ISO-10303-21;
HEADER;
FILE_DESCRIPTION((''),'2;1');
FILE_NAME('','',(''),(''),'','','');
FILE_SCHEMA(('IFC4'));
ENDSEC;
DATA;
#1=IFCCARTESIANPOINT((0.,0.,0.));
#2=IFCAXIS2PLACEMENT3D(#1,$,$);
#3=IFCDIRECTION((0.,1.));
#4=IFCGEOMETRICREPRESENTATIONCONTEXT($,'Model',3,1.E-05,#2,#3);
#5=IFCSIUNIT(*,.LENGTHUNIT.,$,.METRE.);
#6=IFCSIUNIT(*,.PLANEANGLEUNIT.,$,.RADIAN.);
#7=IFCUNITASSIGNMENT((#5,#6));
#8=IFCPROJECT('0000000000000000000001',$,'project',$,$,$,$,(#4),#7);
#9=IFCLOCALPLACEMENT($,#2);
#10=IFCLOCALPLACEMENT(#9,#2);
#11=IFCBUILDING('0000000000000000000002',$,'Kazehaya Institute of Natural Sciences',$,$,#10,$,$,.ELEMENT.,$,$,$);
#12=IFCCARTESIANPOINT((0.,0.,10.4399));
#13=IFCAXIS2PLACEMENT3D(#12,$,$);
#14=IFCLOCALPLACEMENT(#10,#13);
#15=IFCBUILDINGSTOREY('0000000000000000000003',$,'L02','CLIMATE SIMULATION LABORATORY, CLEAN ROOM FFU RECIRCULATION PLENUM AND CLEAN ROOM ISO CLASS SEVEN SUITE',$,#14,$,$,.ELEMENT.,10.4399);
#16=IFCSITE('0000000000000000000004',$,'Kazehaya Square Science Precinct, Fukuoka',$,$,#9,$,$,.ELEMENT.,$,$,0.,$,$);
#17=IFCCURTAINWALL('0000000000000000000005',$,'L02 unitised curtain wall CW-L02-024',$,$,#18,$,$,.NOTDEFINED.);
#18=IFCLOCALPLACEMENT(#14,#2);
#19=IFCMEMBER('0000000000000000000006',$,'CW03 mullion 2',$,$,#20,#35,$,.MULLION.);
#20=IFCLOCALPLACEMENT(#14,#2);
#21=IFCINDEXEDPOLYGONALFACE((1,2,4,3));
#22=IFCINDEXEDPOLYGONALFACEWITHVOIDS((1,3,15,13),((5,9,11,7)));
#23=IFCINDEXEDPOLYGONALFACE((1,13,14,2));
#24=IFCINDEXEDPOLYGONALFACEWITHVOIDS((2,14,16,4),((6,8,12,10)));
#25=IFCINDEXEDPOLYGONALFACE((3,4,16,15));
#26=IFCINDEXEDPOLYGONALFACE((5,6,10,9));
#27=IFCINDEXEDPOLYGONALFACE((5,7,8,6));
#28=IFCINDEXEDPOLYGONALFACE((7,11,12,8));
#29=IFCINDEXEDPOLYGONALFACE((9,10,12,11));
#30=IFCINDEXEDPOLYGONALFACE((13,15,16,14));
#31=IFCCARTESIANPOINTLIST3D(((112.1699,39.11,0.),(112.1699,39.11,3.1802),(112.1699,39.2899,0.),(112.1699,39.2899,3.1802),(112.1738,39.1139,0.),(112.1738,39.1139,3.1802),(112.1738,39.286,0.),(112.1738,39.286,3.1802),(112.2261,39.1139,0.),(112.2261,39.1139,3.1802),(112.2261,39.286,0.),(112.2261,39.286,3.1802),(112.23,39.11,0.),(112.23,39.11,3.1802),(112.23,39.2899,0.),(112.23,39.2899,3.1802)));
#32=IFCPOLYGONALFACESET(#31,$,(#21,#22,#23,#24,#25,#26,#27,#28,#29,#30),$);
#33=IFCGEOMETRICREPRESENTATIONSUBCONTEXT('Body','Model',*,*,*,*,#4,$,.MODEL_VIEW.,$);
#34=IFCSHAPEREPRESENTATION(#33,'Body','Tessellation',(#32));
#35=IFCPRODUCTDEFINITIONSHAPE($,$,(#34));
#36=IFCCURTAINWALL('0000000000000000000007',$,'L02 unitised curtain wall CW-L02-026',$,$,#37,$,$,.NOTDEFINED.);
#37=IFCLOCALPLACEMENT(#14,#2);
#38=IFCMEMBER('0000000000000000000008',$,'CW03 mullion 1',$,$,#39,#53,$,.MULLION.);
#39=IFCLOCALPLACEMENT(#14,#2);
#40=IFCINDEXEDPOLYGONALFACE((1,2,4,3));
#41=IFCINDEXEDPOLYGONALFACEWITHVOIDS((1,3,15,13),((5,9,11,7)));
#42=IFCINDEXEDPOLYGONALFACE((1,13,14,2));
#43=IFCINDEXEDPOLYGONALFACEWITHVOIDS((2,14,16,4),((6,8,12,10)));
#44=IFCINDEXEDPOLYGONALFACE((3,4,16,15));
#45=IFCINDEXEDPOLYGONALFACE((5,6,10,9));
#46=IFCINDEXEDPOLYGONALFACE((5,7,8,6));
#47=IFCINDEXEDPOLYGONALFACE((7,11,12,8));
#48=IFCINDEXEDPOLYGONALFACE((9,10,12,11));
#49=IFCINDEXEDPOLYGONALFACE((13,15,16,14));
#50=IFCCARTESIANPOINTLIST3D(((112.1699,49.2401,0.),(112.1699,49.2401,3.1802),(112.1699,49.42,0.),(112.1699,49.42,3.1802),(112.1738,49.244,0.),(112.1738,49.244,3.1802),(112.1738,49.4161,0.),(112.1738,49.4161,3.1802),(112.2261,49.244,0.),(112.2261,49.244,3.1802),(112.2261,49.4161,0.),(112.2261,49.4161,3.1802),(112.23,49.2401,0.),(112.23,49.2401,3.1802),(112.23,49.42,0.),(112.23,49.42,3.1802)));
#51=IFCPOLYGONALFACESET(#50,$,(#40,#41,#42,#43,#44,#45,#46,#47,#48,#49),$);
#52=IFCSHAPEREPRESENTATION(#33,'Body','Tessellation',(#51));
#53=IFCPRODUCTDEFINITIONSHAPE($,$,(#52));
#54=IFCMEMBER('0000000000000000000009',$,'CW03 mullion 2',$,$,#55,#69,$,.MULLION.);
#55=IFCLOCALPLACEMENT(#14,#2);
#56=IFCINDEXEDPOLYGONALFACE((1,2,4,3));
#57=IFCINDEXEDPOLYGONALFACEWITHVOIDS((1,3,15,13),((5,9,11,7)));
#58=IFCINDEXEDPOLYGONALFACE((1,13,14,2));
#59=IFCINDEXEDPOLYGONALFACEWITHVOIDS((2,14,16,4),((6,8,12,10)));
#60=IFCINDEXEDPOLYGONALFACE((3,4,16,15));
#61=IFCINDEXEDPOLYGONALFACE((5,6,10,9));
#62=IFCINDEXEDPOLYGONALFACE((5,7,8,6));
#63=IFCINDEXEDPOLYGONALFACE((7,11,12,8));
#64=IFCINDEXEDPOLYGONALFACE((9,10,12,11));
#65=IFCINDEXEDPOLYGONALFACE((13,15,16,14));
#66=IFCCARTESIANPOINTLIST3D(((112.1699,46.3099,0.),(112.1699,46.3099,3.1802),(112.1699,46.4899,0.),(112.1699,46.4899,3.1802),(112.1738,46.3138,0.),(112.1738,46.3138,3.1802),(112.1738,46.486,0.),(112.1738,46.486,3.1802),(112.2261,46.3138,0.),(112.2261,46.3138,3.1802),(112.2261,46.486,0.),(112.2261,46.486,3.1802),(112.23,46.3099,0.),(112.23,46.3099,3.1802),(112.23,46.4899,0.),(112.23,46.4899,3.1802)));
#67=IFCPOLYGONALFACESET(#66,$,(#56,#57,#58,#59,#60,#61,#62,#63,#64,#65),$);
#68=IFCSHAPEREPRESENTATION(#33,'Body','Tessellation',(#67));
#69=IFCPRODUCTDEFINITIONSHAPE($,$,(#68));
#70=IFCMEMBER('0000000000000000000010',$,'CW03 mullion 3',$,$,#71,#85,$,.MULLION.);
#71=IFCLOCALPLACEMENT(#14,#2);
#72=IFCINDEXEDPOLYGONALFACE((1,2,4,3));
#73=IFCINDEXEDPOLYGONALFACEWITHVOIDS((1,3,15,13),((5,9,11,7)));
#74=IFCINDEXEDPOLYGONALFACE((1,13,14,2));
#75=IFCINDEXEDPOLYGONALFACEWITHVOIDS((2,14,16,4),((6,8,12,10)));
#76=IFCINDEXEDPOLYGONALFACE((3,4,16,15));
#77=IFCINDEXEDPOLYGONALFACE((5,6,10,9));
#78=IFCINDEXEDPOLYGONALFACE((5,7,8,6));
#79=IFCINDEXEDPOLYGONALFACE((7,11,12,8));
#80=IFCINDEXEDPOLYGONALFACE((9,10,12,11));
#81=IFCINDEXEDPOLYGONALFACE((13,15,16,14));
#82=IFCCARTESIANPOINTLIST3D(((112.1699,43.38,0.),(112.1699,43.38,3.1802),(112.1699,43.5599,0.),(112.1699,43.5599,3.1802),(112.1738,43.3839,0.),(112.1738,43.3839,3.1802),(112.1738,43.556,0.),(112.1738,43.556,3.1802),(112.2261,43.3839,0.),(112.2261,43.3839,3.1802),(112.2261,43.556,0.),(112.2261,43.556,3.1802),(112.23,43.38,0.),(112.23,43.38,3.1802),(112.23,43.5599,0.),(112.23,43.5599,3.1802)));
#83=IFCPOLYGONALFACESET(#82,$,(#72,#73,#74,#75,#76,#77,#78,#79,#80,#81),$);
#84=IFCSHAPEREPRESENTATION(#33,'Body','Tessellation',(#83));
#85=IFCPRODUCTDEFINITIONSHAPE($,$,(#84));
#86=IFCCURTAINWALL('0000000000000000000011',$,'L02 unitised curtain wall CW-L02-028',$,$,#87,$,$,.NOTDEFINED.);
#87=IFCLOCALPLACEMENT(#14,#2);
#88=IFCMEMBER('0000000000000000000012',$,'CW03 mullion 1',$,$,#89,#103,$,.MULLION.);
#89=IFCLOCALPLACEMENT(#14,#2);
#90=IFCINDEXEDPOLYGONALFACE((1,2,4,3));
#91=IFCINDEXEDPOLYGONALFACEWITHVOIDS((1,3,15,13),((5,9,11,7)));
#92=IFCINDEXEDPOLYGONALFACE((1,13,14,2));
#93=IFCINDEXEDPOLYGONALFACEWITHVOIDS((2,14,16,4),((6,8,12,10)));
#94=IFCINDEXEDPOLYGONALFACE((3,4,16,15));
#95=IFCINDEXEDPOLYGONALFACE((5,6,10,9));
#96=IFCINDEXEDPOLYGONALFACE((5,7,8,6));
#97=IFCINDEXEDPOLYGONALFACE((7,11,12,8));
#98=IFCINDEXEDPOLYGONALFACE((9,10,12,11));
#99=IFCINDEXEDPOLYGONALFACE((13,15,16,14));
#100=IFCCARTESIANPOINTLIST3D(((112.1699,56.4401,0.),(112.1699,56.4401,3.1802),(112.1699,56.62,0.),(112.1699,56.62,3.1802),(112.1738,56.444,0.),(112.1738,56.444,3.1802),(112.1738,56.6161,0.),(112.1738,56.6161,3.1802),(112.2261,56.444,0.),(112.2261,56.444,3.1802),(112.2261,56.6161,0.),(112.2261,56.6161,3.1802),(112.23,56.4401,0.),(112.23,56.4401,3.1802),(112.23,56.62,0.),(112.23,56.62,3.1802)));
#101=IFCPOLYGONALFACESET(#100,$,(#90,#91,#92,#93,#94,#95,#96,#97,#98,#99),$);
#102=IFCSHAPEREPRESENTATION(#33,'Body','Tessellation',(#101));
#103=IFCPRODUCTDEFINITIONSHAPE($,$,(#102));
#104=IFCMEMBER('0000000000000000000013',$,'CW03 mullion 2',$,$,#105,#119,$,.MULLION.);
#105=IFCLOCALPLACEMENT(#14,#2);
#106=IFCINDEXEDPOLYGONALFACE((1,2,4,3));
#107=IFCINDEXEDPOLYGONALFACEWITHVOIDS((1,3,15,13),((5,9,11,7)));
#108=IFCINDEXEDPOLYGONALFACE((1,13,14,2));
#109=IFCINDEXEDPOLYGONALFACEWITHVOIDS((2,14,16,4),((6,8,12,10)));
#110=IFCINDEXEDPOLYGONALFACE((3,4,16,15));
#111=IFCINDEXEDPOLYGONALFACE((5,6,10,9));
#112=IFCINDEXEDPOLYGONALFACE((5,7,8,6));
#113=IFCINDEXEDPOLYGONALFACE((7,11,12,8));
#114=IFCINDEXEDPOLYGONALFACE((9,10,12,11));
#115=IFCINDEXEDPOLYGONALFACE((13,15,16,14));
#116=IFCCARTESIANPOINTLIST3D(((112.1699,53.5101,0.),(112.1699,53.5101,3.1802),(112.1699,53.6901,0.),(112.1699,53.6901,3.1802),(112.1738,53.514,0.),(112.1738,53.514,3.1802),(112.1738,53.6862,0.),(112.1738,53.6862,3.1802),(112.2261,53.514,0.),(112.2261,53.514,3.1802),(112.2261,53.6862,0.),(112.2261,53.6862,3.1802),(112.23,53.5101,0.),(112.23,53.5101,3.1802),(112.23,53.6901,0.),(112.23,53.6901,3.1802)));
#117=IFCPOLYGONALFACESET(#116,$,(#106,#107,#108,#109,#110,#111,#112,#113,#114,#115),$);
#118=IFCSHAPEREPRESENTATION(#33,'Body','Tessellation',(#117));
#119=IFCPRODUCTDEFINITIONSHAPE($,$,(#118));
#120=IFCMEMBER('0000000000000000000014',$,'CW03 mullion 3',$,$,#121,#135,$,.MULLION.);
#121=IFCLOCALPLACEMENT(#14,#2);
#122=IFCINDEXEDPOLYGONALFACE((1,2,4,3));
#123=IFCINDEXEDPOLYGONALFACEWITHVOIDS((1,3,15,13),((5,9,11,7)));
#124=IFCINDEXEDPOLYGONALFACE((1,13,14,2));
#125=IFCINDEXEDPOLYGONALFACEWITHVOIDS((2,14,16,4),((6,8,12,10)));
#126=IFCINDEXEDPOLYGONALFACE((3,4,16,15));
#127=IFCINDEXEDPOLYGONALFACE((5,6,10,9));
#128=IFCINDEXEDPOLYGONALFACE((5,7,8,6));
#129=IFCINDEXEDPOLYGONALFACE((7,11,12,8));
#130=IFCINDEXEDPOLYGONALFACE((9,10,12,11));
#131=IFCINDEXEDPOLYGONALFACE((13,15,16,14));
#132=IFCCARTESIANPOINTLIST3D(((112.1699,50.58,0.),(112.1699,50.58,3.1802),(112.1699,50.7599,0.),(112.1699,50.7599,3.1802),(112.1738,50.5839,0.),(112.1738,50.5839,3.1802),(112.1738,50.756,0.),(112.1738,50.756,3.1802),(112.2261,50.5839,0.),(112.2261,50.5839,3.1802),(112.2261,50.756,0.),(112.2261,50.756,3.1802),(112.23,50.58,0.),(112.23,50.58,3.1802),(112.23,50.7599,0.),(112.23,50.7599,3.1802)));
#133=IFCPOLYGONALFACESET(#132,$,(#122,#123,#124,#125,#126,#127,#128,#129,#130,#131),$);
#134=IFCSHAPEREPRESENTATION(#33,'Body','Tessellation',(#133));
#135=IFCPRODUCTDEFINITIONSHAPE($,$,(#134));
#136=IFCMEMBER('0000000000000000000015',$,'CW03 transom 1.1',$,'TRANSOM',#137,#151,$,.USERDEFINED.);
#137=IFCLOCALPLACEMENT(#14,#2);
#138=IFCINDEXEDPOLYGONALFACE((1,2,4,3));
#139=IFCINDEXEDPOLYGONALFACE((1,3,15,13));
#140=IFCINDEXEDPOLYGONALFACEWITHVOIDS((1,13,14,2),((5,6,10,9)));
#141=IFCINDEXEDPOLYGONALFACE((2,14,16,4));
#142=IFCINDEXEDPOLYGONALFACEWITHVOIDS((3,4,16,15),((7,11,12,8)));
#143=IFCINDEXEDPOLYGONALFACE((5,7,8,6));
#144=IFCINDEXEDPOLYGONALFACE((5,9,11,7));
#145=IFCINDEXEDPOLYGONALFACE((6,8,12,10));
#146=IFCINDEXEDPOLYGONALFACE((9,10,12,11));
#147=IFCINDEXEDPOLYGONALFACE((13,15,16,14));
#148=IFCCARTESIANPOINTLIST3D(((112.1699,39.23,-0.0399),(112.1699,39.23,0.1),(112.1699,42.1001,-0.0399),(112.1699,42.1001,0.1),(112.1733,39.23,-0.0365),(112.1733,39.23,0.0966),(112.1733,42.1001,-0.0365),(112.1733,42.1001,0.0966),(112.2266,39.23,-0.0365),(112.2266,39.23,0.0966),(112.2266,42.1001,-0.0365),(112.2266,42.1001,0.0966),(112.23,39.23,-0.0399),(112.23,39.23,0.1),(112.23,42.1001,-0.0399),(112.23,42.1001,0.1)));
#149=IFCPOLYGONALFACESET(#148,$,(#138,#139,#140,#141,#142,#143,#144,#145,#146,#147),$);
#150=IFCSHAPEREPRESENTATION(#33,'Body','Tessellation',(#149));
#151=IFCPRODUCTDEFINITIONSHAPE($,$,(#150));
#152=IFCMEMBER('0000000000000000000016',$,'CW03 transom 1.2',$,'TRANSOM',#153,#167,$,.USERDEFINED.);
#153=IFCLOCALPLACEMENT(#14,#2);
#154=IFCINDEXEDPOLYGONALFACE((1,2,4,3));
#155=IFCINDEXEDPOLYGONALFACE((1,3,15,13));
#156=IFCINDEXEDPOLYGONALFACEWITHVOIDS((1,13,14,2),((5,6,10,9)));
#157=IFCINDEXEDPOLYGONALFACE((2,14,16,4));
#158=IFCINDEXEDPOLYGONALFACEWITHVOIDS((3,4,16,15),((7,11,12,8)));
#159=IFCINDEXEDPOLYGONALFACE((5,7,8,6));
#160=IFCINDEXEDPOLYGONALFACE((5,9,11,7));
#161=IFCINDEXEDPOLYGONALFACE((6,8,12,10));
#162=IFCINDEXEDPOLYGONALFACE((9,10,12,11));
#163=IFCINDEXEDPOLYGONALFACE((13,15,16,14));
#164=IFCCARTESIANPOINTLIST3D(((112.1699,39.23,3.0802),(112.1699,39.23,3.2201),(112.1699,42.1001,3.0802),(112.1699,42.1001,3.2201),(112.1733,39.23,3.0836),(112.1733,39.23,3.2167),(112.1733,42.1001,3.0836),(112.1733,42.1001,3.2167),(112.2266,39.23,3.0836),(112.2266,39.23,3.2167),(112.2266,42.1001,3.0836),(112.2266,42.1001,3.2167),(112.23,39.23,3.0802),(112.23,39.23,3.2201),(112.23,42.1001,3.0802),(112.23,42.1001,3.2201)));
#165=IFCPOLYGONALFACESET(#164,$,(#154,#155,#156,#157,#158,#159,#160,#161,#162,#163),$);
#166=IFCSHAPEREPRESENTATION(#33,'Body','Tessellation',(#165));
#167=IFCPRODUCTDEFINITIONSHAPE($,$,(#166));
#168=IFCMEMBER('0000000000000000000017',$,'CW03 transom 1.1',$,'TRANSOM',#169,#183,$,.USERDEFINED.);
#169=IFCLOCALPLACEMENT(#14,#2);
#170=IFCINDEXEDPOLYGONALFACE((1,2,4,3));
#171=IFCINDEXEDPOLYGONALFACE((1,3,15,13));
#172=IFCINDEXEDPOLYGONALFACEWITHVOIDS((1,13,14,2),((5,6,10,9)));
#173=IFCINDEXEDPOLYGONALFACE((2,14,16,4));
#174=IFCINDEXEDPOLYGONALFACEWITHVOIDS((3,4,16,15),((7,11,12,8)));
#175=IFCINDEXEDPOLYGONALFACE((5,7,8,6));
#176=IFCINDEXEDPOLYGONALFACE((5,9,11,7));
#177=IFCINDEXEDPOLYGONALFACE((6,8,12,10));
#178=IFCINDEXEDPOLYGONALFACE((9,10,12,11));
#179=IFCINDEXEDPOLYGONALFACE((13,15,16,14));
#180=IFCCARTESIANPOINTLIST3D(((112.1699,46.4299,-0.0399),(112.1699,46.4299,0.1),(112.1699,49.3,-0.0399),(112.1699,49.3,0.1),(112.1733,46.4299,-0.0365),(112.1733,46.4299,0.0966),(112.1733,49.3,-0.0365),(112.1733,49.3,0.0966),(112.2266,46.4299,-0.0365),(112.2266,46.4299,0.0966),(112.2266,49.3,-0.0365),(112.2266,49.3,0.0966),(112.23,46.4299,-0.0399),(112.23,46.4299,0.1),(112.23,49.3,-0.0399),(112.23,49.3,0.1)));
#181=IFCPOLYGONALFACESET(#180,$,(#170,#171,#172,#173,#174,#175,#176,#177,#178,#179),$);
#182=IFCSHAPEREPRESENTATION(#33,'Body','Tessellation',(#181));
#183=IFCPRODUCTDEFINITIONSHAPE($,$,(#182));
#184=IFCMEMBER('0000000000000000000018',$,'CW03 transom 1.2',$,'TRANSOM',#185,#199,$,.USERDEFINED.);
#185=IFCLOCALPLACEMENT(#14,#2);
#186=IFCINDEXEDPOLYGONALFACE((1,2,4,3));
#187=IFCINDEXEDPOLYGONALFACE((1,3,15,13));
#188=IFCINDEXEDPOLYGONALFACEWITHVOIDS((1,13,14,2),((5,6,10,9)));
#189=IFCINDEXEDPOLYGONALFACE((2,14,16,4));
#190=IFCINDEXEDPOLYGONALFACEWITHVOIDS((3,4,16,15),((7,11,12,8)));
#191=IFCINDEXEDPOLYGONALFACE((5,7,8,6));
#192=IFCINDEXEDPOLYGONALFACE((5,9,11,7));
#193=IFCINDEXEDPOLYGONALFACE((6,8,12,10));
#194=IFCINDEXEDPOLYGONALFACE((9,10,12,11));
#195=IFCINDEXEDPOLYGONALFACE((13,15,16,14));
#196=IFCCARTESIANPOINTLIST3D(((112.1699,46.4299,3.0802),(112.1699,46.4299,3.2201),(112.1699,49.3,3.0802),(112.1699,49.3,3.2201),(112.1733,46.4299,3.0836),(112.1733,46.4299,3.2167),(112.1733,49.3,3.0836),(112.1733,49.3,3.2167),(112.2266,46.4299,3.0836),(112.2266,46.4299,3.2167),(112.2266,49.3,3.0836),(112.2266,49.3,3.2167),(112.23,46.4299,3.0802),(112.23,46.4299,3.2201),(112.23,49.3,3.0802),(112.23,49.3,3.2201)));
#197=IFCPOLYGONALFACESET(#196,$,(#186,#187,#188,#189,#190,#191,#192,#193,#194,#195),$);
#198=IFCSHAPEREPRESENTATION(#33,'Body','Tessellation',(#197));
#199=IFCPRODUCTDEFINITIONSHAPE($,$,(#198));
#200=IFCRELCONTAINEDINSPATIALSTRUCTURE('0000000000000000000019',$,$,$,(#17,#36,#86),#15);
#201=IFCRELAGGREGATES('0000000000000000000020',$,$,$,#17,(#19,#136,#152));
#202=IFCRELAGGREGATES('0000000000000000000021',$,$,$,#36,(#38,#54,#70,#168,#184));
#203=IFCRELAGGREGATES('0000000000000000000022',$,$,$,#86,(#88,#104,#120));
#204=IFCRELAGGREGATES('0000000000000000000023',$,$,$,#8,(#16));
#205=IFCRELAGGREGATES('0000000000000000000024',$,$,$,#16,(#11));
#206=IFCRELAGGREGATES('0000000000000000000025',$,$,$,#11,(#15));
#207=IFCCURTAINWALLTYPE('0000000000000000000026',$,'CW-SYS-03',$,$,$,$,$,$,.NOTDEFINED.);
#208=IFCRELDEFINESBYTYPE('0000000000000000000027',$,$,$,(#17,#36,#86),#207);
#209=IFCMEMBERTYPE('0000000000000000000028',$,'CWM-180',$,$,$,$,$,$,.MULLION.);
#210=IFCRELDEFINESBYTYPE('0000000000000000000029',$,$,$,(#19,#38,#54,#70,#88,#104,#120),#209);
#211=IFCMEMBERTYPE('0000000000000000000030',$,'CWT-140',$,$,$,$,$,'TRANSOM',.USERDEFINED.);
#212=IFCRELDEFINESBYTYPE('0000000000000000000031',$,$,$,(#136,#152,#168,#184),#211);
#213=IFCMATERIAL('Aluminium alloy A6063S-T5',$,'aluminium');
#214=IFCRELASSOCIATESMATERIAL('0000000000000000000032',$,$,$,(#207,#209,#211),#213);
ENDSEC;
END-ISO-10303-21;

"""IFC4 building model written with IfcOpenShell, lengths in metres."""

from ifc_helpers import new_model, si_unit, direction, frame, origin, origin_2d, place, context, subcontext, project, spatial, hollow_rectangle, extrude, material, material_profile, profile_set, type_object, element, aggregate, save


model = new_model("IFC4")

# Units and contexts
model_context = context("Model", 3, precision=1e-05, world=origin(), true_north=direction((0.0, 1.0)))
body_context = subcontext(model_context, "Body", "Model", "MODEL_VIEW")
ifc_project = project(units=[si_unit("LENGTHUNIT", "METRE"), si_unit("PLANEANGLEUNIT", "RADIAN")], contexts=[model_context])

# Site, building, storey
site_placement = place(None, origin())
site = spatial("IfcSite", under=ifc_project, at=site_placement, Name="Kazehaya Square Science Precinct, Fukuoka", CompositionType="ELEMENT", RefElevation=0.0)
building_placement = place(site_placement, origin())
building = spatial("IfcBuilding", under=site, at=building_placement, Name="Kazehaya Institute of Natural Sciences", CompositionType="ELEMENT")
storey_placement = place(building_placement, frame((0.0, 0.0, 10.4399)))
storey = spatial("IfcBuildingStorey", under=building, at=storey_placement, Name="L02", Description="CLIMATE SIMULATION LABORATORY, CLEAN ROOM FFU RECIRCULATION PLENUM AND CLEAN ROOM ISO CLASS SEVEN SUITE", CompositionType="ELEMENT", Elevation=10.4399)

# Curtain walls, members
ifc_material_1 = material(Name="Aluminium alloy A6063S-T5", Category="aluminium")
curtain_wall_type = type_object("IfcCurtainWallType", Name="CW-SYS-03", PredefinedType="NOTDEFINED", material=ifc_material_1)
curtain_wall_1_placement = place(storey_placement, origin())
curtain_wall_1 = element("IfcCurtainWall", 1, at=curtain_wall_1_placement, inside=storey, type_object=curtain_wall_type, Name="L02 unitised curtain wall CW-L02-024", PredefinedType="NOTDEFINED")
ifc_material_profile_1 = material_profile(ifc_material_1, hollow_rectangle(XDim=0.0601, YDim=0.1799, WallThickness=0.0039, at=origin_2d()), Name="ALU-60x180x4")
ifc_profile_set_1 = profile_set([ifc_material_profile_1], Name="Aluminium alloy A6063S-T5")
member_type_1 = type_object("IfcMemberType", Name="CWM-180", PredefinedType="MULLION", material=ifc_profile_set_1)
member_1_placement = place(storey_placement, frame((112.2, 39.2, 0.0), z_axis=(0.0, 0.0, 1.0), x_axis=(1.0, 0.0, 0.0)))
member_1 = element("IfcMember", 2, at=member_1_placement, type_object=member_type_1, Name="CW03 mullion 2", PredefinedType="MULLION", context=body_context, shape_type="SweptSolid", body=[
    extrude(hollow_rectangle(XDim=0.0601, YDim=0.1799, WallThickness=0.0039, at=origin_2d()), origin(), (0.0, 0.0, 1.0), 3.1802),
])
curtain_wall_2_placement = place(storey_placement, origin())
curtain_wall_2 = element("IfcCurtainWall", 3, at=curtain_wall_2_placement, inside=storey, type_object=curtain_wall_type, Name="L02 unitised curtain wall CW-L02-026", PredefinedType="NOTDEFINED")
member_2_placement = place(storey_placement, frame((112.2, 49.3301, 0.0), z_axis=(0.0, 0.0, 1.0), x_axis=(1.0, 0.0, 0.0)))
member_2 = element("IfcMember", 4, at=member_2_placement, type_object=member_type_1, Name="CW03 mullion 1", PredefinedType="MULLION", context=body_context, shape_type="SweptSolid", body=[
    extrude(hollow_rectangle(XDim=0.0601, YDim=0.1799, WallThickness=0.0039, at=origin_2d()), origin(), (0.0, 0.0, 1.0), 3.1802),
])
member_3_placement = place(storey_placement, frame((112.2, 46.3999, 0.0), z_axis=(0.0, 0.0, 1.0), x_axis=(1.0, 0.0, 0.0)))
member_3 = element("IfcMember", 5, at=member_3_placement, type_object=member_type_1, Name="CW03 mullion 2", PredefinedType="MULLION", context=body_context, shape_type="SweptSolid", body=[
    extrude(hollow_rectangle(XDim=0.0601, YDim=0.1799, WallThickness=0.0039, at=origin_2d()), origin(), (0.0, 0.0, 1.0), 3.1802),
])
member_4_placement = place(storey_placement, frame((112.2, 43.47, 0.0), z_axis=(0.0, 0.0, 1.0), x_axis=(1.0, 0.0, 0.0)))
member_4 = element("IfcMember", 6, at=member_4_placement, type_object=member_type_1, Name="CW03 mullion 3", PredefinedType="MULLION", context=body_context, shape_type="SweptSolid", body=[
    extrude(hollow_rectangle(XDim=0.0601, YDim=0.1799, WallThickness=0.0039, at=origin_2d()), origin(), (0.0, 0.0, 1.0), 3.1802),
])
curtain_wall_3_placement = place(storey_placement, origin())
curtain_wall_3 = element("IfcCurtainWall", 7, at=curtain_wall_3_placement, inside=storey, type_object=curtain_wall_type, Name="L02 unitised curtain wall CW-L02-028", PredefinedType="NOTDEFINED")
member_5_placement = place(storey_placement, frame((112.2, 56.53, 0.0), z_axis=(0.0, 0.0, 1.0), x_axis=(1.0, 0.0, 0.0)))
member_5 = element("IfcMember", 8, at=member_5_placement, type_object=member_type_1, Name="CW03 mullion 1", PredefinedType="MULLION", context=body_context, shape_type="SweptSolid", body=[
    extrude(hollow_rectangle(XDim=0.0601, YDim=0.1799, WallThickness=0.0039, at=origin_2d()), origin(), (0.0, 0.0, 1.0), 3.1802),
])
member_6_placement = place(storey_placement, frame((112.2, 53.6001, 0.0), z_axis=(0.0, 0.0, 1.0), x_axis=(1.0, 0.0, 0.0)))
member_6 = element("IfcMember", 9, at=member_6_placement, type_object=member_type_1, Name="CW03 mullion 2", PredefinedType="MULLION", context=body_context, shape_type="SweptSolid", body=[
    extrude(hollow_rectangle(XDim=0.0601, YDim=0.1799, WallThickness=0.0039, at=origin_2d()), origin(), (0.0, 0.0, 1.0), 3.1802),
])
member_7_placement = place(storey_placement, frame((112.2, 50.6699, 0.0), z_axis=(0.0, 0.0, 1.0), x_axis=(1.0, 0.0, 0.0)))
member_7 = element("IfcMember", 10, at=member_7_placement, type_object=member_type_1, Name="CW03 mullion 3", PredefinedType="MULLION", context=body_context, shape_type="SweptSolid", body=[
    extrude(hollow_rectangle(XDim=0.0601, YDim=0.1799, WallThickness=0.0039, at=origin_2d()), origin(), (0.0, 0.0, 1.0), 3.1802),
])

# Members
ifc_material_profile_2 = material_profile(ifc_material_1, hollow_rectangle(XDim=0.0601, YDim=0.1399, WallThickness=0.0034, at=origin_2d()), Name="ALU-60x140x3.5")
ifc_profile_set_2 = profile_set([ifc_material_profile_2], Name="Aluminium alloy A6063S-T5")
member_type_2 = type_object("IfcMemberType", Name="CWT-140", ElementType="TRANSOM", PredefinedType="USERDEFINED", material=ifc_profile_set_2)
member_8_placement = place(storey_placement, frame((112.2, 42.1001, 0.03), z_axis=(0.0, -1.0, 0.0), x_axis=(1.0, 0.0, 0.0)))
member_8 = element("IfcMember", 11, at=member_8_placement, type_object=member_type_2, Name="CW03 transom 1.1", ObjectType="TRANSOM", PredefinedType="USERDEFINED", context=body_context, shape_type="SweptSolid", body=[
    extrude(hollow_rectangle(XDim=0.0601, YDim=0.1399, WallThickness=0.0034, at=origin_2d()), origin(), (0.0, 0.0, 1.0), 2.8701),
])
member_9_placement = place(storey_placement, frame((112.2, 42.1001, 3.1501), z_axis=(0.0, -1.0, 0.0), x_axis=(1.0, 0.0, 0.0)))
member_9 = element("IfcMember", 12, at=member_9_placement, type_object=member_type_2, Name="CW03 transom 1.2", ObjectType="TRANSOM", PredefinedType="USERDEFINED", context=body_context, shape_type="SweptSolid", body=[
    extrude(hollow_rectangle(XDim=0.0601, YDim=0.1399, WallThickness=0.0034, at=origin_2d()), origin(), (0.0, 0.0, 1.0), 2.8701),
])
member_10_placement = place(storey_placement, frame((112.2, 49.3, 0.03), z_axis=(0.0, -1.0, 0.0), x_axis=(1.0, 0.0, 0.0)))
member_10 = element("IfcMember", 13, at=member_10_placement, type_object=member_type_2, Name="CW03 transom 1.1", ObjectType="TRANSOM", PredefinedType="USERDEFINED", context=body_context, shape_type="SweptSolid", body=[
    extrude(hollow_rectangle(XDim=0.0601, YDim=0.1399, WallThickness=0.0034, at=origin_2d()), origin(), (0.0, 0.0, 1.0), 2.8701),
])
member_11_placement = place(storey_placement, frame((112.2, 49.3, 3.1501), z_axis=(0.0, -1.0, 0.0), x_axis=(1.0, 0.0, 0.0)))
member_11 = element("IfcMember", 14, at=member_11_placement, type_object=member_type_2, Name="CW03 transom 1.2", ObjectType="TRANSOM", PredefinedType="USERDEFINED", context=body_context, shape_type="SweptSolid", body=[
    extrude(hollow_rectangle(XDim=0.0601, YDim=0.1399, WallThickness=0.0034, at=origin_2d()), origin(), (0.0, 0.0, 1.0), 2.8701),
])

aggregate(curtain_wall_1, [member_1, member_8, member_9])
aggregate(curtain_wall_2, [member_2, member_3, member_4, member_10, member_11])
aggregate(curtain_wall_3, [member_5, member_6, member_7])

save(model, "model.ifc")
